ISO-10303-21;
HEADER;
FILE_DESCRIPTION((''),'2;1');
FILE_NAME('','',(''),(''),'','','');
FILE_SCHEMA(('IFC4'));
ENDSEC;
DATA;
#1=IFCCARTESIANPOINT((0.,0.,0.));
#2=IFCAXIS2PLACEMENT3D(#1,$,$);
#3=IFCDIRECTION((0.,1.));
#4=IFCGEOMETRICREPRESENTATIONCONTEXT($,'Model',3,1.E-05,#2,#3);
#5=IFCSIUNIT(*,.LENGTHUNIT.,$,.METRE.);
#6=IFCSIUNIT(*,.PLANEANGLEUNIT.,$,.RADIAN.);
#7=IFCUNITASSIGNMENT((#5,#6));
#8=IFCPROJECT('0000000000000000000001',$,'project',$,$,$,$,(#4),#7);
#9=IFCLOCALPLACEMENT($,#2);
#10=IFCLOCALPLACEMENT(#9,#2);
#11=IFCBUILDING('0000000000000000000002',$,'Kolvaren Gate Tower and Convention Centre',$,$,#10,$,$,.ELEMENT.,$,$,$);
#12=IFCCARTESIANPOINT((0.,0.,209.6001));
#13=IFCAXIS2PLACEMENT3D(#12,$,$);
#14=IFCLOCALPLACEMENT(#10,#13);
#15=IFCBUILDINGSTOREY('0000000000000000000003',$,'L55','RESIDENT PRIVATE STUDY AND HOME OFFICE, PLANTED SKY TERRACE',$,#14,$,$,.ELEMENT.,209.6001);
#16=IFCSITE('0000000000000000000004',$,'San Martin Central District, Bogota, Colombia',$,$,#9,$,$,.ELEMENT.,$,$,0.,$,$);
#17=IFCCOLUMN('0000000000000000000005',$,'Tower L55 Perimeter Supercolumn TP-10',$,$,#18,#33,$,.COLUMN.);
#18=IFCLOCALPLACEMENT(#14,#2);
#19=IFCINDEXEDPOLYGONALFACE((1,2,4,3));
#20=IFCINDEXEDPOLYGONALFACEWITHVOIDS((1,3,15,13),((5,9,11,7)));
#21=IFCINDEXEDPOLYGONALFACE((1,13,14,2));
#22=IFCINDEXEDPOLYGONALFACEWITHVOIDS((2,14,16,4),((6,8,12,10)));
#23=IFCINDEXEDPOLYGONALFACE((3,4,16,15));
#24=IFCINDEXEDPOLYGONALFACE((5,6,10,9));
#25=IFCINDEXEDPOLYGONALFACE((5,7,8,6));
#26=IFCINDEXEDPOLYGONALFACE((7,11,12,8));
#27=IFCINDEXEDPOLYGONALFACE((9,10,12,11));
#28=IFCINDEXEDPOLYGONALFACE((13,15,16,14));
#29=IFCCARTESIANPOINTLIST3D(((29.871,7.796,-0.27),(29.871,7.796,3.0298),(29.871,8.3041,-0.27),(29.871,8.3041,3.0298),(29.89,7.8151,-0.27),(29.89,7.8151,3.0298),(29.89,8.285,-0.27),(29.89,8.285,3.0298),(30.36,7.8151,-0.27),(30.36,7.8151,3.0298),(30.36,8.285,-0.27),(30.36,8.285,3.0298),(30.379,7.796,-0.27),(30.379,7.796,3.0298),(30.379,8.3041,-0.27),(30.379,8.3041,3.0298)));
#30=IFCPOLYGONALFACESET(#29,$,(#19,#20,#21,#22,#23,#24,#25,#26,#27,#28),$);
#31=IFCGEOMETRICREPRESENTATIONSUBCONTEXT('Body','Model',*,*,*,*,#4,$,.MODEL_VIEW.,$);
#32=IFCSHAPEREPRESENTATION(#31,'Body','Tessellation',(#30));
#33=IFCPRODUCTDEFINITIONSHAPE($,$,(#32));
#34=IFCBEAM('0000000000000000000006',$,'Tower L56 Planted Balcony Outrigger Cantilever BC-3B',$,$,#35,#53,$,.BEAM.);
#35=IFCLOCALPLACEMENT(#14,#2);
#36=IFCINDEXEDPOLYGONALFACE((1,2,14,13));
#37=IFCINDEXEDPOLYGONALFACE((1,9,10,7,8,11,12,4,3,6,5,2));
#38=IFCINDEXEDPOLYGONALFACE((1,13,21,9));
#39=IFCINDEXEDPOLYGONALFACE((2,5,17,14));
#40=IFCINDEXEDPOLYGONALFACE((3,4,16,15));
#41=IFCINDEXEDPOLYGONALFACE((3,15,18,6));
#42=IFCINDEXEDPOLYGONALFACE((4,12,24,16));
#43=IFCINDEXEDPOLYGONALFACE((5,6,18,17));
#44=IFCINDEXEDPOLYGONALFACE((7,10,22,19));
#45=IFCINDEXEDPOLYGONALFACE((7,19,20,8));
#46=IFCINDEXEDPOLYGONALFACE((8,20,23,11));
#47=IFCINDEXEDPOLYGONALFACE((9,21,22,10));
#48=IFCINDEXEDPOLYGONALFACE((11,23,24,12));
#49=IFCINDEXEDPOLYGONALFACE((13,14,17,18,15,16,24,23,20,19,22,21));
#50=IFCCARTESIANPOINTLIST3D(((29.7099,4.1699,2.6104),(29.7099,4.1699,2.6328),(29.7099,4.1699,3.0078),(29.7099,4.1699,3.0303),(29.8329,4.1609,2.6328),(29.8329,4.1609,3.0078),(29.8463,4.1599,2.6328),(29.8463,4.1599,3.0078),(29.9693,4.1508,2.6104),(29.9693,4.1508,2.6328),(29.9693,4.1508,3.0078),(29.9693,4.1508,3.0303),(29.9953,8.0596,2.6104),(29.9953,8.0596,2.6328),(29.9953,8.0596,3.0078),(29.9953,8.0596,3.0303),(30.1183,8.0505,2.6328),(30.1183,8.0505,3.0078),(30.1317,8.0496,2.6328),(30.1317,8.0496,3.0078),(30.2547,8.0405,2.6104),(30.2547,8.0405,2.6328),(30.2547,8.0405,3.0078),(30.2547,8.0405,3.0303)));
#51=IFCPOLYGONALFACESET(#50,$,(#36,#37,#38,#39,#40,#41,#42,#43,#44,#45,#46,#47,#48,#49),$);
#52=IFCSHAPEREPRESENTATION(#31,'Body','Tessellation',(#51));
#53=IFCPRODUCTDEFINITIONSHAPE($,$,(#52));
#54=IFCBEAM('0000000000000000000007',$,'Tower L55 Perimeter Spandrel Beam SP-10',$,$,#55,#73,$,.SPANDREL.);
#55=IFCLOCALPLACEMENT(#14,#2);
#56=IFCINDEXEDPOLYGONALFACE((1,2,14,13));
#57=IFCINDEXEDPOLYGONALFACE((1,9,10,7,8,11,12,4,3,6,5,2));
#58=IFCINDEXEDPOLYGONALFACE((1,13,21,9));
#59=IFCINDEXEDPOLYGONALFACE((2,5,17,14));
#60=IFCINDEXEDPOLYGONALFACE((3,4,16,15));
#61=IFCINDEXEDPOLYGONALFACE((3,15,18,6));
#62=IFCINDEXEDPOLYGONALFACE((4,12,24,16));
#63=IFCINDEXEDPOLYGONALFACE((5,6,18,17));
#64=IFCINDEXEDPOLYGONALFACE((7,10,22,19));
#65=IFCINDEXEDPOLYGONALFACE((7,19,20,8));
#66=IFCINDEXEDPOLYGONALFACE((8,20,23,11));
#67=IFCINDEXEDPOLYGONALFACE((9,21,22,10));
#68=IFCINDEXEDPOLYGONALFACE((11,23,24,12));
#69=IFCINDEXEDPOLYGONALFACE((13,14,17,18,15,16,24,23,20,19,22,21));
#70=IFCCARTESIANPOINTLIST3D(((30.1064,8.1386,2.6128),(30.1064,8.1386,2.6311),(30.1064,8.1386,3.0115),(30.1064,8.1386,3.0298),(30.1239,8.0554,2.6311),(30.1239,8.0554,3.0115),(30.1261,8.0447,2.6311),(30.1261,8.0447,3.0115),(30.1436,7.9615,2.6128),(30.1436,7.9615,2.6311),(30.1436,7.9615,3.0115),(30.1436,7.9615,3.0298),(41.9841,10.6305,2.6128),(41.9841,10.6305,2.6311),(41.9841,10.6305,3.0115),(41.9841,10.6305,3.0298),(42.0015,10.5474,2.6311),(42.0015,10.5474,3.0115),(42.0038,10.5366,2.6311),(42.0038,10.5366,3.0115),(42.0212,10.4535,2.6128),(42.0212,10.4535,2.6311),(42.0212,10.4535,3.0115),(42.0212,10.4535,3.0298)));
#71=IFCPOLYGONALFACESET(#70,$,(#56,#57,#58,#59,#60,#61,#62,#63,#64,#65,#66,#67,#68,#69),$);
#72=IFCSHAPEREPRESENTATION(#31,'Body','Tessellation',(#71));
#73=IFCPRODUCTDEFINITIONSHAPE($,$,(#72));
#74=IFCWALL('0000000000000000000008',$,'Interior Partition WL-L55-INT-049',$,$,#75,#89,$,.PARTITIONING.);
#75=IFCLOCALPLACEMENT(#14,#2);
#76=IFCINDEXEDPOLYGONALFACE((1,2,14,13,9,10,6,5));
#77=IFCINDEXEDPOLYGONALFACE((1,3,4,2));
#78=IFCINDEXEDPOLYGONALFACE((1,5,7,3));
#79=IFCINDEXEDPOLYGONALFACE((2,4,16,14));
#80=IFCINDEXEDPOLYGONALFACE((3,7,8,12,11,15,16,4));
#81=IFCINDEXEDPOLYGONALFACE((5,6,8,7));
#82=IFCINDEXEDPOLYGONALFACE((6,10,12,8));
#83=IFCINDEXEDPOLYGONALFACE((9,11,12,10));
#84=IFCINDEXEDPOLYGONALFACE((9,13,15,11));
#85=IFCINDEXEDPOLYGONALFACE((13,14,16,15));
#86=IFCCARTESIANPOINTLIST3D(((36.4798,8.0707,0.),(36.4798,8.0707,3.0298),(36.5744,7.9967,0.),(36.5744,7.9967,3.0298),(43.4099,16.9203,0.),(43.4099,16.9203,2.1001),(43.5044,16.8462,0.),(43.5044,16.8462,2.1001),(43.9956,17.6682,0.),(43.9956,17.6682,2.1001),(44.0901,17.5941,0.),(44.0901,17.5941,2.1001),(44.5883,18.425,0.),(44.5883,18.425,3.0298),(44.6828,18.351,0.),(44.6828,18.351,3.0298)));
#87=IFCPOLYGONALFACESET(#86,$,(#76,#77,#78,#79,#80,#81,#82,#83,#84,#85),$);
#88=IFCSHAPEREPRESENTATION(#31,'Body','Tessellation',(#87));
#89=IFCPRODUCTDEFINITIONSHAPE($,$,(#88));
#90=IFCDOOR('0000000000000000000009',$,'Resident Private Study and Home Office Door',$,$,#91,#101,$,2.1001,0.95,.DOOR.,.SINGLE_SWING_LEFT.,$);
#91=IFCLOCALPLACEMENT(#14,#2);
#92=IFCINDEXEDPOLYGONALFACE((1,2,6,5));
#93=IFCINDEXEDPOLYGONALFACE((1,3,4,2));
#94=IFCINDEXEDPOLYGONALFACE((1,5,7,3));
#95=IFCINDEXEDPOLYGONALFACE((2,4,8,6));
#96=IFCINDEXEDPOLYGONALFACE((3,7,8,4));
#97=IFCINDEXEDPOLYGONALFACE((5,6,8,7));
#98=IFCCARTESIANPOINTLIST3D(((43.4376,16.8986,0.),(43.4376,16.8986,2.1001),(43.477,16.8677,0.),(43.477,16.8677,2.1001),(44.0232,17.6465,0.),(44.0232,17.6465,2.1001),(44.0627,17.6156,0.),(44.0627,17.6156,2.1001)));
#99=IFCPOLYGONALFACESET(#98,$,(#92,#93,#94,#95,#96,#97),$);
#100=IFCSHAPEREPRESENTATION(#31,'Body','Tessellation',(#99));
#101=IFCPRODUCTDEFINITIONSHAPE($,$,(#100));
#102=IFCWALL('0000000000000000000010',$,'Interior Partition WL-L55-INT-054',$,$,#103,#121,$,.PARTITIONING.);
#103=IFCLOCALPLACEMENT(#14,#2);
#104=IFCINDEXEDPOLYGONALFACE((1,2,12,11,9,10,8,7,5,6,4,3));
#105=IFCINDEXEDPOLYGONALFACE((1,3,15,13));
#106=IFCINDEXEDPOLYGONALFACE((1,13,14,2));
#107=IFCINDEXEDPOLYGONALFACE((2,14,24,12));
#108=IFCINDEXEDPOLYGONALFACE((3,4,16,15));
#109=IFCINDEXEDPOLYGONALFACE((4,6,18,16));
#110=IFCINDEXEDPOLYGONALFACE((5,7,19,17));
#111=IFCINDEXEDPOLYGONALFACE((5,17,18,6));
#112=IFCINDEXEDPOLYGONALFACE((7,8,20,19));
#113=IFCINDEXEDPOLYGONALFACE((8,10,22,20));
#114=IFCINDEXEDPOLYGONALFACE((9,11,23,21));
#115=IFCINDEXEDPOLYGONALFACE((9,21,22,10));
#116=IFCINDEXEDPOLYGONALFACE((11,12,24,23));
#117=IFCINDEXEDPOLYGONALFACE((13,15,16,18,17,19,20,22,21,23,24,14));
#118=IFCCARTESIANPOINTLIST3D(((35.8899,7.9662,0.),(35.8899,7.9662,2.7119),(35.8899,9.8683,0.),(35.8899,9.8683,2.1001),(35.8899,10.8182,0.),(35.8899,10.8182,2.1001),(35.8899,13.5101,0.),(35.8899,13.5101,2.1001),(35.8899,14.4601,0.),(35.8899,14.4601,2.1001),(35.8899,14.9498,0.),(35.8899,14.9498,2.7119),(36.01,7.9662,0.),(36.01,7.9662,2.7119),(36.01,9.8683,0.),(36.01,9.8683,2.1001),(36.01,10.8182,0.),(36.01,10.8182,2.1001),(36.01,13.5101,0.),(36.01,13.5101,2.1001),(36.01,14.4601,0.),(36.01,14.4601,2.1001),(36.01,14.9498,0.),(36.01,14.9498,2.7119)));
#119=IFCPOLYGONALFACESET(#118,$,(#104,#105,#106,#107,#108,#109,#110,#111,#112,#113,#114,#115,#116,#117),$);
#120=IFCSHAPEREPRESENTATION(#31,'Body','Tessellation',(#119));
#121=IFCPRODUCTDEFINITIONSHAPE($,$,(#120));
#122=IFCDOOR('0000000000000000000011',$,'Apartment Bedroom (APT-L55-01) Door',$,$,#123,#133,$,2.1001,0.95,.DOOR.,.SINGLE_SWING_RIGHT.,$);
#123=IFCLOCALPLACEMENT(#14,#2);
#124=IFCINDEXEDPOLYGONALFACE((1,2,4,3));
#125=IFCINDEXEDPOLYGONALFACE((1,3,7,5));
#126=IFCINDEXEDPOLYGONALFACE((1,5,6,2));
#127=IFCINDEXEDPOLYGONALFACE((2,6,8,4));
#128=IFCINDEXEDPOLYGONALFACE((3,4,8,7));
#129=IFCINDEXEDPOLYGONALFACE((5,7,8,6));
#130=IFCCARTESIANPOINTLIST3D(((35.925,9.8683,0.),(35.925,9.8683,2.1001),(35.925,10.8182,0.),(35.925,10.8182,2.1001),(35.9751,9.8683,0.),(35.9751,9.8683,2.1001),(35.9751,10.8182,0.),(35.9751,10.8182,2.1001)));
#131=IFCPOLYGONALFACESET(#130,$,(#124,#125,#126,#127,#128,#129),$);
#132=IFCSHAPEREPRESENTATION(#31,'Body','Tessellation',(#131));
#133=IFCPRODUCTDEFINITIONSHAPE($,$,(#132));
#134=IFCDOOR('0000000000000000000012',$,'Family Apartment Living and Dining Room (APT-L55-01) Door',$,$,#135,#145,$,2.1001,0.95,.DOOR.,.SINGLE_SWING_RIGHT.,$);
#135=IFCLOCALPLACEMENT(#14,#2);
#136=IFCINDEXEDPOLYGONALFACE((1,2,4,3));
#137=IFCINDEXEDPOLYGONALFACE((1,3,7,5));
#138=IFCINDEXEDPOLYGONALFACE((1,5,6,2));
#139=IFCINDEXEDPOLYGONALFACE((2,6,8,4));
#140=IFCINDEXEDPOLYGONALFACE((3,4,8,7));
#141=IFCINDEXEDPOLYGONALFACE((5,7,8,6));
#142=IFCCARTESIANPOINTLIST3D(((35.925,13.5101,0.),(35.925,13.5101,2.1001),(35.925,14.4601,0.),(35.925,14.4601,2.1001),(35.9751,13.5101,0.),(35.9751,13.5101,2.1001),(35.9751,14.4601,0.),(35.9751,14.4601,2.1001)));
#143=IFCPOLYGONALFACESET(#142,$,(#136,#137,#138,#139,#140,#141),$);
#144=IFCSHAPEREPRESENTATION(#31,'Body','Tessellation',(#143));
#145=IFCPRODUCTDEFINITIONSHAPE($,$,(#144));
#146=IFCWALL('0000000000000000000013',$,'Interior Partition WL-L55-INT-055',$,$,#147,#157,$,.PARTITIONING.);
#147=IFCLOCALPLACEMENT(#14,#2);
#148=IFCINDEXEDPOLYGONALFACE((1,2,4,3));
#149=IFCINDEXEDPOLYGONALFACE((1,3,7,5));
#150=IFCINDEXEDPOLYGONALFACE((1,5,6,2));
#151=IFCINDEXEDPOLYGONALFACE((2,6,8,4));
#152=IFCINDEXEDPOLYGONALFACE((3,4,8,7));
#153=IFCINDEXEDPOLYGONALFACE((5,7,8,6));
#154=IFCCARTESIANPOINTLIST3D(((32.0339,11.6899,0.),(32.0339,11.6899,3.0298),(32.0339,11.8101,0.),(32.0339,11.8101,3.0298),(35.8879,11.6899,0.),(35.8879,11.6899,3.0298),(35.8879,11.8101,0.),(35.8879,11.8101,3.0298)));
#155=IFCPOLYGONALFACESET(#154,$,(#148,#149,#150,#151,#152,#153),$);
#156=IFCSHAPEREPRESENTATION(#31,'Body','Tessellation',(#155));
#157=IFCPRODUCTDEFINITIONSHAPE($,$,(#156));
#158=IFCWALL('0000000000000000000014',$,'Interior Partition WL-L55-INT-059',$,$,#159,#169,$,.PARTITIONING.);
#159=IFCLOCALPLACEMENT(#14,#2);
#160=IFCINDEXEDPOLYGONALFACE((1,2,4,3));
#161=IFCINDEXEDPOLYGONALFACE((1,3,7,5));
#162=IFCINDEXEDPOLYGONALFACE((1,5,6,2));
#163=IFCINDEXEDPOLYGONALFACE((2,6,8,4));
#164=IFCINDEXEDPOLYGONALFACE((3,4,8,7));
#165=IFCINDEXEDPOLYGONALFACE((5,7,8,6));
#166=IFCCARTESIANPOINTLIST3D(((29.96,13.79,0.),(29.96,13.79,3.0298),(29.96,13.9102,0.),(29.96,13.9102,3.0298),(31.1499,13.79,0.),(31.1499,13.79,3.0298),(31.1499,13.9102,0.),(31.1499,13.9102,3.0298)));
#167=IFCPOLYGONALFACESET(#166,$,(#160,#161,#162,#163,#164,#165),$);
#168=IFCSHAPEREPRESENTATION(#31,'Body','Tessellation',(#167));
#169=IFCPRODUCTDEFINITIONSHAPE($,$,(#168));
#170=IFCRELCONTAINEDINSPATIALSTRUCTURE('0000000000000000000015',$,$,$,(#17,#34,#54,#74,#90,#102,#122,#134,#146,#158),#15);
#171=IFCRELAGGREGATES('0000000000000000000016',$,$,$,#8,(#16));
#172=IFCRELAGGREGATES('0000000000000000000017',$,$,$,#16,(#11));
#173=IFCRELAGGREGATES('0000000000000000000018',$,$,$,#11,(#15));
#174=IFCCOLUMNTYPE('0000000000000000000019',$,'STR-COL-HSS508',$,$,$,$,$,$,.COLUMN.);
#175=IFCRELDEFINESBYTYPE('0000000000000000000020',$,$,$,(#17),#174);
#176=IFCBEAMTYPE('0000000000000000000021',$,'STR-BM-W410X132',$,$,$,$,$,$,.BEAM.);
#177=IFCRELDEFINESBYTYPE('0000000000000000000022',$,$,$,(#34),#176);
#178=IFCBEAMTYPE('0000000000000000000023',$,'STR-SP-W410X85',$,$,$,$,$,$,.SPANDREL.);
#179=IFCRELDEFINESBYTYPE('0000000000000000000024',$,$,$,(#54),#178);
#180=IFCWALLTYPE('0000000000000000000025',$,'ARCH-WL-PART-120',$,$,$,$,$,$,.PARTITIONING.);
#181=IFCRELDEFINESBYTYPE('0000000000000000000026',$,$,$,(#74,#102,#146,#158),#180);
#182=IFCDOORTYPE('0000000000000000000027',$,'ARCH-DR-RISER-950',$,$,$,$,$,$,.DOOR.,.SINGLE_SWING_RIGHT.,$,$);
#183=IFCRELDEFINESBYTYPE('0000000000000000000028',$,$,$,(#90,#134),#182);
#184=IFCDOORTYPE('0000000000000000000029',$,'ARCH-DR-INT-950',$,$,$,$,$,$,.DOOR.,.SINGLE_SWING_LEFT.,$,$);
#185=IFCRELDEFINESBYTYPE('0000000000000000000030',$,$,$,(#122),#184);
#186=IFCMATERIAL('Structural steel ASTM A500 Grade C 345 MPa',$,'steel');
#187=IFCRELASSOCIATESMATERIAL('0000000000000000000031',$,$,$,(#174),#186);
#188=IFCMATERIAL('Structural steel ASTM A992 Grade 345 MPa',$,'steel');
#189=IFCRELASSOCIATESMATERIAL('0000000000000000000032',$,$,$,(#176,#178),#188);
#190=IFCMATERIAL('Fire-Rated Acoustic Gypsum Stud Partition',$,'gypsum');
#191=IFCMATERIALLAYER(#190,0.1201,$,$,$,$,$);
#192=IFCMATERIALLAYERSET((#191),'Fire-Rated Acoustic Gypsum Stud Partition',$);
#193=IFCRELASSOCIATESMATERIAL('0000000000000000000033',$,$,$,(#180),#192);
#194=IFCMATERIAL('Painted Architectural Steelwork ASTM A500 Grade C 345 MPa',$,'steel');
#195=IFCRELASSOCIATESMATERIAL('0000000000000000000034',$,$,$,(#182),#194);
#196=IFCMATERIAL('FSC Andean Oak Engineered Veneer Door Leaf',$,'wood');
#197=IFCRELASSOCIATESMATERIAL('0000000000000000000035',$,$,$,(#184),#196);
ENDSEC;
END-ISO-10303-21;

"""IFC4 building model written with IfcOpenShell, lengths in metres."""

from ifc_helpers import new_model, si_unit, direction, frame, frame_2d, origin, origin_2d, place, context, subcontext, project, spatial, rectangle, hollow_rectangle, i_section, extrude, material, layer, layer_set, material_profile, profile_set, type_object, element, fill, save


model = new_model("IFC4")

# Units and contexts
model_context = context("Model", 3, precision=1e-05, world=origin(), true_north=direction((0.0, 1.0)))
body_context = subcontext(model_context, "Body", "Model", "MODEL_VIEW")
ifc_project = project(units=[si_unit("LENGTHUNIT", "METRE"), si_unit("PLANEANGLEUNIT", "RADIAN")], contexts=[model_context])

# Site, building, storey
site_placement = place(None, origin())
site = spatial("IfcSite", under=ifc_project, at=site_placement, Name="San Martin Central District, Bogota, Colombia", CompositionType="ELEMENT", RefElevation=0.0)
building_placement = place(site_placement, origin())
building = spatial("IfcBuilding", under=site, at=building_placement, Name="Kolvaren Gate Tower and Convention Centre", CompositionType="ELEMENT")
storey_placement = place(building_placement, frame((0.0, 0.0, 209.6001)))
storey = spatial("IfcBuildingStorey", under=building, at=storey_placement, Name="L55", Description="RESIDENT PRIVATE STUDY AND HOME OFFICE, PLANTED SKY TERRACE", CompositionType="ELEMENT", Elevation=209.6001)

# Column
ifc_material_1 = material(Name="Structural steel ASTM A500 Grade C 345 MPa", Category="steel")
ifc_material_profile_1 = material_profile(ifc_material_1, hollow_rectangle(XDim=0.5081, YDim=0.5081, WallThickness=0.019, at=origin_2d()), Name="HSS508X508X19.1")
ifc_profile_set_1 = profile_set([ifc_material_profile_1], Name="Structural steel ASTM A500 Grade C 345 MPa")
column_type = type_object("IfcColumnType", Name="STR-COL-HSS508", PredefinedType="COLUMN", material=ifc_profile_set_1)
column_placement = place(storey_placement, frame((30.125, 8.05, -0.27), z_axis=(0.0, 0.0, 1.0), x_axis=(1.0, 0.0, 0.0)))
element("IfcColumn", 1, at=column_placement, inside=storey, type_object=column_type, Name="Tower L55 Perimeter Supercolumn TP-10", PredefinedType="COLUMN", context=body_context, shape_type="SweptSolid", body=[
    extrude(hollow_rectangle(XDim=0.5081, YDim=0.5081, WallThickness=0.019, at=origin_2d()), origin(), (0.0, 0.0, 1.0), 3.2998),
])

# Beams
ifc_material_2 = material(Name="Structural steel ASTM A992 Grade 345 MPa", Category="steel")
ifc_material_profile_2 = material_profile(ifc_material_2, i_section(OverallWidth=0.26, OverallDepth=0.4199, WebThickness=0.0134, FlangeThickness=0.0225, at=origin_2d()), Name="W410X132")
ifc_profile_set_2 = profile_set([ifc_material_profile_2], Name="Structural steel ASTM A992 Grade 345 MPa")
beam_type_1 = type_object("IfcBeamType", Name="STR-BM-W410X132", PredefinedType="BEAM", material=ifc_profile_set_2)
beam_1_placement = place(storey_placement, frame((30.125, 8.05, 2.8203), z_axis=(-0.073178, -0.997319, 0.0), x_axis=(0.997319, -0.073178, 0.0)))
element("IfcBeam", 2, at=beam_1_placement, inside=storey, type_object=beam_type_1, Name="Tower L56 Planted Balcony Outrigger Cantilever BC-3B", PredefinedType="BEAM", context=body_context, shape_type="SweptSolid", body=[
    extrude(i_section(OverallWidth=0.26, OverallDepth=0.4199, WebThickness=0.0134, FlangeThickness=0.0225, at=origin_2d()), origin(), (0.0, 0.0, 1.0), 3.9001),
])
ifc_material_profile_3 = material_profile(ifc_material_2, i_section(OverallWidth=0.1809, OverallDepth=0.417, WebThickness=0.011, FlangeThickness=0.0183, at=origin_2d()), Name="W410X85")
ifc_profile_set_3 = profile_set([ifc_material_profile_3], Name="Structural steel ASTM A992 Grade 345 MPa")
beam_type_2 = type_object("IfcBeamType", Name="STR-SP-W410X85", PredefinedType="SPANDREL", material=ifc_profile_set_3)
beam_2_placement = place(storey_placement, frame((30.125, 8.05, 2.8213), z_axis=(0.978693, 0.20533, 0.0), x_axis=(-0.20533, 0.978693, 0.0)))
element("IfcBeam", 3, at=beam_2_placement, inside=storey, type_object=beam_type_2, Name="Tower L55 Perimeter Spandrel Beam SP-10", PredefinedType="SPANDREL", context=body_context, shape_type="SweptSolid", body=[
    extrude(i_section(OverallWidth=0.1809, OverallDepth=0.417, WebThickness=0.011, FlangeThickness=0.0183, at=origin_2d()), origin(), (0.0, 0.0, 1.0), 12.1362),
])

# Wall, opening, door
ifc_material_3 = material(Name="Fire-Rated Acoustic Gypsum Stud Partition", Category="gypsum")
ifc_layer_1 = layer(ifc_material_3, 0.1201)
ifc_layer_set_1 = layer_set([ifc_layer_1], Name="Fire-Rated Acoustic Gypsum Stud Partition")
wall_type_1 = type_object("IfcWallType", Name="ARCH-WL-PART-120", PredefinedType="PARTITIONING", material=ifc_layer_set_1)
wall_1_placement = place(storey_placement, frame((36.5271, 8.0337, 0.0), z_axis=(0.0, 0.0, 1.0), x_axis=(0.616547, 0.787318, 0.0)))
wall_1 = element("IfcWall", 4, at=wall_1_placement, inside=storey, type_object=wall_type_1, Name="Interior Partition WL-L55-INT-049", PredefinedType="PARTITIONING", context=body_context, shape_type="SweptSolid", body=[
    extrude(rectangle(XDim=13.1514, YDim=0.1201, at=frame_2d((6.5757, 0.0))), origin(), (0.0, 0.0, 1.0), 3.0298),
])
opening_1_placement = place(wall_1_placement, frame((11.24, 0.0, 0.0)))
opening_1 = element("IfcOpeningElement", 5, at=opening_1_placement, cuts=wall_1, PredefinedType="OPENING", context=body_context, shape_type="SweptSolid", body=[
    extrude(rectangle(XDim=0.95, YDim=2.1001, at=frame_2d((0.4751, 1.05))), frame((0.0, 0.0701, 0.0), z_axis=(0.0, -1.0, 0.0), x_axis=(1.0, 0.0, 0.0)), (0.0, 0.0, 1.0), 0.1401),
])
ifc_material_4 = material(Name="Painted Architectural Steelwork ASTM A500 Grade C 345 MPa", Category="steel")
door_type_1 = type_object("IfcDoorType", Name="ARCH-DR-RISER-950", OperationType="SINGLE_SWING_RIGHT", PredefinedType="DOOR", material=ifc_material_4)
door_1_placement = place(opening_1_placement, origin())
door_1 = element("IfcDoor", 6, at=door_1_placement, inside=storey, type_object=door_type_1, Name="Resident Private Study and Home Office Door", OperationType="SINGLE_SWING_LEFT", OverallHeight=2.1001, OverallWidth=0.95, PredefinedType="DOOR", context=body_context, shape_type="SweptSolid", body=[
    extrude(rectangle(XDim=0.95, YDim=2.1001, at=frame_2d((0.4751, 1.05))), frame((0.0, 0.0249, 0.0), z_axis=(0.0, -1.0, 0.0), x_axis=(1.0, 0.0, 0.0)), (0.0, 0.0, 1.0), 0.05),
])
fill(opening_1, door_1)

# Wall, openings, doors
wall_2_placement = place(storey_placement, frame((35.95, 7.9663, 0.0), z_axis=(0.0, 0.0, 1.0), x_axis=(0.0, 1.0, 0.0)))
wall_2 = element("IfcWall", 7, at=wall_2_placement, inside=storey, type_object=wall_type_1, Name="Interior Partition WL-L55-INT-054", PredefinedType="PARTITIONING", context=body_context, shape_type="SweptSolid", body=[
    extrude(rectangle(XDim=6.9836, YDim=0.1201, at=frame_2d((3.4917, 0.0))), origin(), (0.0, 0.0, 1.0), 2.7119),
])
opening_2_placement = place(wall_2_placement, frame((5.5437, 0.0, 0.0)))
opening_2 = element("IfcOpeningElement", 8, at=opening_2_placement, cuts=wall_2, PredefinedType="OPENING", context=body_context, shape_type="SweptSolid", body=[
    extrude(rectangle(XDim=0.95, YDim=2.1001, at=frame_2d((0.4751, 1.05))), frame((0.0, 0.0701, 0.0), z_axis=(0.0, -1.0, 0.0), x_axis=(1.0, 0.0, 0.0)), (0.0, 0.0, 1.0), 0.1401),
])
opening_3_placement = place(wall_2_placement, frame((1.9019, 0.0, 0.0)))
opening_3 = element("IfcOpeningElement", 9, at=opening_3_placement, cuts=wall_2, PredefinedType="OPENING", context=body_context, shape_type="SweptSolid", body=[
    extrude(rectangle(XDim=0.95, YDim=2.1001, at=frame_2d((0.4751, 1.05))), frame((0.0, 0.0701, 0.0), z_axis=(0.0, -1.0, 0.0), x_axis=(1.0, 0.0, 0.0)), (0.0, 0.0, 1.0), 0.1401),
])
ifc_material_5 = material(Name="FSC Andean Oak Engineered Veneer Door Leaf", Category="wood")
door_type_2 = type_object("IfcDoorType", Name="ARCH-DR-INT-950", OperationType="SINGLE_SWING_LEFT", PredefinedType="DOOR", material=ifc_material_5)
door_2_placement = place(opening_3_placement, origin())
door_2 = element("IfcDoor", 10, at=door_2_placement, inside=storey, type_object=door_type_2, Name="Apartment Bedroom (APT-L55-01) Door", OperationType="SINGLE_SWING_RIGHT", OverallHeight=2.1001, OverallWidth=0.95, PredefinedType="DOOR", context=body_context, shape_type="SweptSolid", body=[
    extrude(rectangle(XDim=0.95, YDim=2.1001, at=frame_2d((0.4751, 1.05))), frame((0.0, 0.0249, 0.0), z_axis=(0.0, -1.0, 0.0), x_axis=(1.0, 0.0, 0.0)), (0.0, 0.0, 1.0), 0.05),
])
fill(opening_3, door_2)
door_3_placement = place(opening_2_placement, origin())
door_3 = element("IfcDoor", 11, at=door_3_placement, inside=storey, type_object=door_type_1, Name="Family Apartment Living and Dining Room (APT-L55-01) Door", OperationType="SINGLE_SWING_RIGHT", OverallHeight=2.1001, OverallWidth=0.95, PredefinedType="DOOR", context=body_context, shape_type="SweptSolid", body=[
    extrude(rectangle(XDim=0.95, YDim=2.1001, at=frame_2d((0.4751, 1.05))), frame((0.0, 0.0249, 0.0), z_axis=(0.0, -1.0, 0.0), x_axis=(1.0, 0.0, 0.0)), (0.0, 0.0, 1.0), 0.05),
])
fill(opening_2, door_3)

# Walls
wall_3_placement = place(storey_placement, frame((32.0339, 11.75, 0.0), z_axis=(0.0, 0.0, 1.0), x_axis=(1.0, 0.0, 0.0)))
element("IfcWall", 12, at=wall_3_placement, inside=storey, type_object=wall_type_1, Name="Interior Partition WL-L55-INT-055", PredefinedType="PARTITIONING", context=body_context, shape_type="SweptSolid", body=[
    extrude(rectangle(XDim=3.854, YDim=0.1201, at=frame_2d((1.927, 0.0))), origin(), (0.0, 0.0, 1.0), 3.0298),
])
wall_4_placement = place(storey_placement, frame((29.96, 13.8501, 0.0), z_axis=(0.0, 0.0, 1.0), x_axis=(1.0, 0.0, 0.0)))
element("IfcWall", 13, at=wall_4_placement, inside=storey, type_object=wall_type_1, Name="Interior Partition WL-L55-INT-059", PredefinedType="PARTITIONING", context=body_context, shape_type="SweptSolid", body=[
    extrude(rectangle(XDim=1.1899, YDim=0.1201, at=frame_2d((0.595, 0.0))), origin(), (0.0, 0.0, 1.0), 3.0298),
])

save(model, "model.ifc")
